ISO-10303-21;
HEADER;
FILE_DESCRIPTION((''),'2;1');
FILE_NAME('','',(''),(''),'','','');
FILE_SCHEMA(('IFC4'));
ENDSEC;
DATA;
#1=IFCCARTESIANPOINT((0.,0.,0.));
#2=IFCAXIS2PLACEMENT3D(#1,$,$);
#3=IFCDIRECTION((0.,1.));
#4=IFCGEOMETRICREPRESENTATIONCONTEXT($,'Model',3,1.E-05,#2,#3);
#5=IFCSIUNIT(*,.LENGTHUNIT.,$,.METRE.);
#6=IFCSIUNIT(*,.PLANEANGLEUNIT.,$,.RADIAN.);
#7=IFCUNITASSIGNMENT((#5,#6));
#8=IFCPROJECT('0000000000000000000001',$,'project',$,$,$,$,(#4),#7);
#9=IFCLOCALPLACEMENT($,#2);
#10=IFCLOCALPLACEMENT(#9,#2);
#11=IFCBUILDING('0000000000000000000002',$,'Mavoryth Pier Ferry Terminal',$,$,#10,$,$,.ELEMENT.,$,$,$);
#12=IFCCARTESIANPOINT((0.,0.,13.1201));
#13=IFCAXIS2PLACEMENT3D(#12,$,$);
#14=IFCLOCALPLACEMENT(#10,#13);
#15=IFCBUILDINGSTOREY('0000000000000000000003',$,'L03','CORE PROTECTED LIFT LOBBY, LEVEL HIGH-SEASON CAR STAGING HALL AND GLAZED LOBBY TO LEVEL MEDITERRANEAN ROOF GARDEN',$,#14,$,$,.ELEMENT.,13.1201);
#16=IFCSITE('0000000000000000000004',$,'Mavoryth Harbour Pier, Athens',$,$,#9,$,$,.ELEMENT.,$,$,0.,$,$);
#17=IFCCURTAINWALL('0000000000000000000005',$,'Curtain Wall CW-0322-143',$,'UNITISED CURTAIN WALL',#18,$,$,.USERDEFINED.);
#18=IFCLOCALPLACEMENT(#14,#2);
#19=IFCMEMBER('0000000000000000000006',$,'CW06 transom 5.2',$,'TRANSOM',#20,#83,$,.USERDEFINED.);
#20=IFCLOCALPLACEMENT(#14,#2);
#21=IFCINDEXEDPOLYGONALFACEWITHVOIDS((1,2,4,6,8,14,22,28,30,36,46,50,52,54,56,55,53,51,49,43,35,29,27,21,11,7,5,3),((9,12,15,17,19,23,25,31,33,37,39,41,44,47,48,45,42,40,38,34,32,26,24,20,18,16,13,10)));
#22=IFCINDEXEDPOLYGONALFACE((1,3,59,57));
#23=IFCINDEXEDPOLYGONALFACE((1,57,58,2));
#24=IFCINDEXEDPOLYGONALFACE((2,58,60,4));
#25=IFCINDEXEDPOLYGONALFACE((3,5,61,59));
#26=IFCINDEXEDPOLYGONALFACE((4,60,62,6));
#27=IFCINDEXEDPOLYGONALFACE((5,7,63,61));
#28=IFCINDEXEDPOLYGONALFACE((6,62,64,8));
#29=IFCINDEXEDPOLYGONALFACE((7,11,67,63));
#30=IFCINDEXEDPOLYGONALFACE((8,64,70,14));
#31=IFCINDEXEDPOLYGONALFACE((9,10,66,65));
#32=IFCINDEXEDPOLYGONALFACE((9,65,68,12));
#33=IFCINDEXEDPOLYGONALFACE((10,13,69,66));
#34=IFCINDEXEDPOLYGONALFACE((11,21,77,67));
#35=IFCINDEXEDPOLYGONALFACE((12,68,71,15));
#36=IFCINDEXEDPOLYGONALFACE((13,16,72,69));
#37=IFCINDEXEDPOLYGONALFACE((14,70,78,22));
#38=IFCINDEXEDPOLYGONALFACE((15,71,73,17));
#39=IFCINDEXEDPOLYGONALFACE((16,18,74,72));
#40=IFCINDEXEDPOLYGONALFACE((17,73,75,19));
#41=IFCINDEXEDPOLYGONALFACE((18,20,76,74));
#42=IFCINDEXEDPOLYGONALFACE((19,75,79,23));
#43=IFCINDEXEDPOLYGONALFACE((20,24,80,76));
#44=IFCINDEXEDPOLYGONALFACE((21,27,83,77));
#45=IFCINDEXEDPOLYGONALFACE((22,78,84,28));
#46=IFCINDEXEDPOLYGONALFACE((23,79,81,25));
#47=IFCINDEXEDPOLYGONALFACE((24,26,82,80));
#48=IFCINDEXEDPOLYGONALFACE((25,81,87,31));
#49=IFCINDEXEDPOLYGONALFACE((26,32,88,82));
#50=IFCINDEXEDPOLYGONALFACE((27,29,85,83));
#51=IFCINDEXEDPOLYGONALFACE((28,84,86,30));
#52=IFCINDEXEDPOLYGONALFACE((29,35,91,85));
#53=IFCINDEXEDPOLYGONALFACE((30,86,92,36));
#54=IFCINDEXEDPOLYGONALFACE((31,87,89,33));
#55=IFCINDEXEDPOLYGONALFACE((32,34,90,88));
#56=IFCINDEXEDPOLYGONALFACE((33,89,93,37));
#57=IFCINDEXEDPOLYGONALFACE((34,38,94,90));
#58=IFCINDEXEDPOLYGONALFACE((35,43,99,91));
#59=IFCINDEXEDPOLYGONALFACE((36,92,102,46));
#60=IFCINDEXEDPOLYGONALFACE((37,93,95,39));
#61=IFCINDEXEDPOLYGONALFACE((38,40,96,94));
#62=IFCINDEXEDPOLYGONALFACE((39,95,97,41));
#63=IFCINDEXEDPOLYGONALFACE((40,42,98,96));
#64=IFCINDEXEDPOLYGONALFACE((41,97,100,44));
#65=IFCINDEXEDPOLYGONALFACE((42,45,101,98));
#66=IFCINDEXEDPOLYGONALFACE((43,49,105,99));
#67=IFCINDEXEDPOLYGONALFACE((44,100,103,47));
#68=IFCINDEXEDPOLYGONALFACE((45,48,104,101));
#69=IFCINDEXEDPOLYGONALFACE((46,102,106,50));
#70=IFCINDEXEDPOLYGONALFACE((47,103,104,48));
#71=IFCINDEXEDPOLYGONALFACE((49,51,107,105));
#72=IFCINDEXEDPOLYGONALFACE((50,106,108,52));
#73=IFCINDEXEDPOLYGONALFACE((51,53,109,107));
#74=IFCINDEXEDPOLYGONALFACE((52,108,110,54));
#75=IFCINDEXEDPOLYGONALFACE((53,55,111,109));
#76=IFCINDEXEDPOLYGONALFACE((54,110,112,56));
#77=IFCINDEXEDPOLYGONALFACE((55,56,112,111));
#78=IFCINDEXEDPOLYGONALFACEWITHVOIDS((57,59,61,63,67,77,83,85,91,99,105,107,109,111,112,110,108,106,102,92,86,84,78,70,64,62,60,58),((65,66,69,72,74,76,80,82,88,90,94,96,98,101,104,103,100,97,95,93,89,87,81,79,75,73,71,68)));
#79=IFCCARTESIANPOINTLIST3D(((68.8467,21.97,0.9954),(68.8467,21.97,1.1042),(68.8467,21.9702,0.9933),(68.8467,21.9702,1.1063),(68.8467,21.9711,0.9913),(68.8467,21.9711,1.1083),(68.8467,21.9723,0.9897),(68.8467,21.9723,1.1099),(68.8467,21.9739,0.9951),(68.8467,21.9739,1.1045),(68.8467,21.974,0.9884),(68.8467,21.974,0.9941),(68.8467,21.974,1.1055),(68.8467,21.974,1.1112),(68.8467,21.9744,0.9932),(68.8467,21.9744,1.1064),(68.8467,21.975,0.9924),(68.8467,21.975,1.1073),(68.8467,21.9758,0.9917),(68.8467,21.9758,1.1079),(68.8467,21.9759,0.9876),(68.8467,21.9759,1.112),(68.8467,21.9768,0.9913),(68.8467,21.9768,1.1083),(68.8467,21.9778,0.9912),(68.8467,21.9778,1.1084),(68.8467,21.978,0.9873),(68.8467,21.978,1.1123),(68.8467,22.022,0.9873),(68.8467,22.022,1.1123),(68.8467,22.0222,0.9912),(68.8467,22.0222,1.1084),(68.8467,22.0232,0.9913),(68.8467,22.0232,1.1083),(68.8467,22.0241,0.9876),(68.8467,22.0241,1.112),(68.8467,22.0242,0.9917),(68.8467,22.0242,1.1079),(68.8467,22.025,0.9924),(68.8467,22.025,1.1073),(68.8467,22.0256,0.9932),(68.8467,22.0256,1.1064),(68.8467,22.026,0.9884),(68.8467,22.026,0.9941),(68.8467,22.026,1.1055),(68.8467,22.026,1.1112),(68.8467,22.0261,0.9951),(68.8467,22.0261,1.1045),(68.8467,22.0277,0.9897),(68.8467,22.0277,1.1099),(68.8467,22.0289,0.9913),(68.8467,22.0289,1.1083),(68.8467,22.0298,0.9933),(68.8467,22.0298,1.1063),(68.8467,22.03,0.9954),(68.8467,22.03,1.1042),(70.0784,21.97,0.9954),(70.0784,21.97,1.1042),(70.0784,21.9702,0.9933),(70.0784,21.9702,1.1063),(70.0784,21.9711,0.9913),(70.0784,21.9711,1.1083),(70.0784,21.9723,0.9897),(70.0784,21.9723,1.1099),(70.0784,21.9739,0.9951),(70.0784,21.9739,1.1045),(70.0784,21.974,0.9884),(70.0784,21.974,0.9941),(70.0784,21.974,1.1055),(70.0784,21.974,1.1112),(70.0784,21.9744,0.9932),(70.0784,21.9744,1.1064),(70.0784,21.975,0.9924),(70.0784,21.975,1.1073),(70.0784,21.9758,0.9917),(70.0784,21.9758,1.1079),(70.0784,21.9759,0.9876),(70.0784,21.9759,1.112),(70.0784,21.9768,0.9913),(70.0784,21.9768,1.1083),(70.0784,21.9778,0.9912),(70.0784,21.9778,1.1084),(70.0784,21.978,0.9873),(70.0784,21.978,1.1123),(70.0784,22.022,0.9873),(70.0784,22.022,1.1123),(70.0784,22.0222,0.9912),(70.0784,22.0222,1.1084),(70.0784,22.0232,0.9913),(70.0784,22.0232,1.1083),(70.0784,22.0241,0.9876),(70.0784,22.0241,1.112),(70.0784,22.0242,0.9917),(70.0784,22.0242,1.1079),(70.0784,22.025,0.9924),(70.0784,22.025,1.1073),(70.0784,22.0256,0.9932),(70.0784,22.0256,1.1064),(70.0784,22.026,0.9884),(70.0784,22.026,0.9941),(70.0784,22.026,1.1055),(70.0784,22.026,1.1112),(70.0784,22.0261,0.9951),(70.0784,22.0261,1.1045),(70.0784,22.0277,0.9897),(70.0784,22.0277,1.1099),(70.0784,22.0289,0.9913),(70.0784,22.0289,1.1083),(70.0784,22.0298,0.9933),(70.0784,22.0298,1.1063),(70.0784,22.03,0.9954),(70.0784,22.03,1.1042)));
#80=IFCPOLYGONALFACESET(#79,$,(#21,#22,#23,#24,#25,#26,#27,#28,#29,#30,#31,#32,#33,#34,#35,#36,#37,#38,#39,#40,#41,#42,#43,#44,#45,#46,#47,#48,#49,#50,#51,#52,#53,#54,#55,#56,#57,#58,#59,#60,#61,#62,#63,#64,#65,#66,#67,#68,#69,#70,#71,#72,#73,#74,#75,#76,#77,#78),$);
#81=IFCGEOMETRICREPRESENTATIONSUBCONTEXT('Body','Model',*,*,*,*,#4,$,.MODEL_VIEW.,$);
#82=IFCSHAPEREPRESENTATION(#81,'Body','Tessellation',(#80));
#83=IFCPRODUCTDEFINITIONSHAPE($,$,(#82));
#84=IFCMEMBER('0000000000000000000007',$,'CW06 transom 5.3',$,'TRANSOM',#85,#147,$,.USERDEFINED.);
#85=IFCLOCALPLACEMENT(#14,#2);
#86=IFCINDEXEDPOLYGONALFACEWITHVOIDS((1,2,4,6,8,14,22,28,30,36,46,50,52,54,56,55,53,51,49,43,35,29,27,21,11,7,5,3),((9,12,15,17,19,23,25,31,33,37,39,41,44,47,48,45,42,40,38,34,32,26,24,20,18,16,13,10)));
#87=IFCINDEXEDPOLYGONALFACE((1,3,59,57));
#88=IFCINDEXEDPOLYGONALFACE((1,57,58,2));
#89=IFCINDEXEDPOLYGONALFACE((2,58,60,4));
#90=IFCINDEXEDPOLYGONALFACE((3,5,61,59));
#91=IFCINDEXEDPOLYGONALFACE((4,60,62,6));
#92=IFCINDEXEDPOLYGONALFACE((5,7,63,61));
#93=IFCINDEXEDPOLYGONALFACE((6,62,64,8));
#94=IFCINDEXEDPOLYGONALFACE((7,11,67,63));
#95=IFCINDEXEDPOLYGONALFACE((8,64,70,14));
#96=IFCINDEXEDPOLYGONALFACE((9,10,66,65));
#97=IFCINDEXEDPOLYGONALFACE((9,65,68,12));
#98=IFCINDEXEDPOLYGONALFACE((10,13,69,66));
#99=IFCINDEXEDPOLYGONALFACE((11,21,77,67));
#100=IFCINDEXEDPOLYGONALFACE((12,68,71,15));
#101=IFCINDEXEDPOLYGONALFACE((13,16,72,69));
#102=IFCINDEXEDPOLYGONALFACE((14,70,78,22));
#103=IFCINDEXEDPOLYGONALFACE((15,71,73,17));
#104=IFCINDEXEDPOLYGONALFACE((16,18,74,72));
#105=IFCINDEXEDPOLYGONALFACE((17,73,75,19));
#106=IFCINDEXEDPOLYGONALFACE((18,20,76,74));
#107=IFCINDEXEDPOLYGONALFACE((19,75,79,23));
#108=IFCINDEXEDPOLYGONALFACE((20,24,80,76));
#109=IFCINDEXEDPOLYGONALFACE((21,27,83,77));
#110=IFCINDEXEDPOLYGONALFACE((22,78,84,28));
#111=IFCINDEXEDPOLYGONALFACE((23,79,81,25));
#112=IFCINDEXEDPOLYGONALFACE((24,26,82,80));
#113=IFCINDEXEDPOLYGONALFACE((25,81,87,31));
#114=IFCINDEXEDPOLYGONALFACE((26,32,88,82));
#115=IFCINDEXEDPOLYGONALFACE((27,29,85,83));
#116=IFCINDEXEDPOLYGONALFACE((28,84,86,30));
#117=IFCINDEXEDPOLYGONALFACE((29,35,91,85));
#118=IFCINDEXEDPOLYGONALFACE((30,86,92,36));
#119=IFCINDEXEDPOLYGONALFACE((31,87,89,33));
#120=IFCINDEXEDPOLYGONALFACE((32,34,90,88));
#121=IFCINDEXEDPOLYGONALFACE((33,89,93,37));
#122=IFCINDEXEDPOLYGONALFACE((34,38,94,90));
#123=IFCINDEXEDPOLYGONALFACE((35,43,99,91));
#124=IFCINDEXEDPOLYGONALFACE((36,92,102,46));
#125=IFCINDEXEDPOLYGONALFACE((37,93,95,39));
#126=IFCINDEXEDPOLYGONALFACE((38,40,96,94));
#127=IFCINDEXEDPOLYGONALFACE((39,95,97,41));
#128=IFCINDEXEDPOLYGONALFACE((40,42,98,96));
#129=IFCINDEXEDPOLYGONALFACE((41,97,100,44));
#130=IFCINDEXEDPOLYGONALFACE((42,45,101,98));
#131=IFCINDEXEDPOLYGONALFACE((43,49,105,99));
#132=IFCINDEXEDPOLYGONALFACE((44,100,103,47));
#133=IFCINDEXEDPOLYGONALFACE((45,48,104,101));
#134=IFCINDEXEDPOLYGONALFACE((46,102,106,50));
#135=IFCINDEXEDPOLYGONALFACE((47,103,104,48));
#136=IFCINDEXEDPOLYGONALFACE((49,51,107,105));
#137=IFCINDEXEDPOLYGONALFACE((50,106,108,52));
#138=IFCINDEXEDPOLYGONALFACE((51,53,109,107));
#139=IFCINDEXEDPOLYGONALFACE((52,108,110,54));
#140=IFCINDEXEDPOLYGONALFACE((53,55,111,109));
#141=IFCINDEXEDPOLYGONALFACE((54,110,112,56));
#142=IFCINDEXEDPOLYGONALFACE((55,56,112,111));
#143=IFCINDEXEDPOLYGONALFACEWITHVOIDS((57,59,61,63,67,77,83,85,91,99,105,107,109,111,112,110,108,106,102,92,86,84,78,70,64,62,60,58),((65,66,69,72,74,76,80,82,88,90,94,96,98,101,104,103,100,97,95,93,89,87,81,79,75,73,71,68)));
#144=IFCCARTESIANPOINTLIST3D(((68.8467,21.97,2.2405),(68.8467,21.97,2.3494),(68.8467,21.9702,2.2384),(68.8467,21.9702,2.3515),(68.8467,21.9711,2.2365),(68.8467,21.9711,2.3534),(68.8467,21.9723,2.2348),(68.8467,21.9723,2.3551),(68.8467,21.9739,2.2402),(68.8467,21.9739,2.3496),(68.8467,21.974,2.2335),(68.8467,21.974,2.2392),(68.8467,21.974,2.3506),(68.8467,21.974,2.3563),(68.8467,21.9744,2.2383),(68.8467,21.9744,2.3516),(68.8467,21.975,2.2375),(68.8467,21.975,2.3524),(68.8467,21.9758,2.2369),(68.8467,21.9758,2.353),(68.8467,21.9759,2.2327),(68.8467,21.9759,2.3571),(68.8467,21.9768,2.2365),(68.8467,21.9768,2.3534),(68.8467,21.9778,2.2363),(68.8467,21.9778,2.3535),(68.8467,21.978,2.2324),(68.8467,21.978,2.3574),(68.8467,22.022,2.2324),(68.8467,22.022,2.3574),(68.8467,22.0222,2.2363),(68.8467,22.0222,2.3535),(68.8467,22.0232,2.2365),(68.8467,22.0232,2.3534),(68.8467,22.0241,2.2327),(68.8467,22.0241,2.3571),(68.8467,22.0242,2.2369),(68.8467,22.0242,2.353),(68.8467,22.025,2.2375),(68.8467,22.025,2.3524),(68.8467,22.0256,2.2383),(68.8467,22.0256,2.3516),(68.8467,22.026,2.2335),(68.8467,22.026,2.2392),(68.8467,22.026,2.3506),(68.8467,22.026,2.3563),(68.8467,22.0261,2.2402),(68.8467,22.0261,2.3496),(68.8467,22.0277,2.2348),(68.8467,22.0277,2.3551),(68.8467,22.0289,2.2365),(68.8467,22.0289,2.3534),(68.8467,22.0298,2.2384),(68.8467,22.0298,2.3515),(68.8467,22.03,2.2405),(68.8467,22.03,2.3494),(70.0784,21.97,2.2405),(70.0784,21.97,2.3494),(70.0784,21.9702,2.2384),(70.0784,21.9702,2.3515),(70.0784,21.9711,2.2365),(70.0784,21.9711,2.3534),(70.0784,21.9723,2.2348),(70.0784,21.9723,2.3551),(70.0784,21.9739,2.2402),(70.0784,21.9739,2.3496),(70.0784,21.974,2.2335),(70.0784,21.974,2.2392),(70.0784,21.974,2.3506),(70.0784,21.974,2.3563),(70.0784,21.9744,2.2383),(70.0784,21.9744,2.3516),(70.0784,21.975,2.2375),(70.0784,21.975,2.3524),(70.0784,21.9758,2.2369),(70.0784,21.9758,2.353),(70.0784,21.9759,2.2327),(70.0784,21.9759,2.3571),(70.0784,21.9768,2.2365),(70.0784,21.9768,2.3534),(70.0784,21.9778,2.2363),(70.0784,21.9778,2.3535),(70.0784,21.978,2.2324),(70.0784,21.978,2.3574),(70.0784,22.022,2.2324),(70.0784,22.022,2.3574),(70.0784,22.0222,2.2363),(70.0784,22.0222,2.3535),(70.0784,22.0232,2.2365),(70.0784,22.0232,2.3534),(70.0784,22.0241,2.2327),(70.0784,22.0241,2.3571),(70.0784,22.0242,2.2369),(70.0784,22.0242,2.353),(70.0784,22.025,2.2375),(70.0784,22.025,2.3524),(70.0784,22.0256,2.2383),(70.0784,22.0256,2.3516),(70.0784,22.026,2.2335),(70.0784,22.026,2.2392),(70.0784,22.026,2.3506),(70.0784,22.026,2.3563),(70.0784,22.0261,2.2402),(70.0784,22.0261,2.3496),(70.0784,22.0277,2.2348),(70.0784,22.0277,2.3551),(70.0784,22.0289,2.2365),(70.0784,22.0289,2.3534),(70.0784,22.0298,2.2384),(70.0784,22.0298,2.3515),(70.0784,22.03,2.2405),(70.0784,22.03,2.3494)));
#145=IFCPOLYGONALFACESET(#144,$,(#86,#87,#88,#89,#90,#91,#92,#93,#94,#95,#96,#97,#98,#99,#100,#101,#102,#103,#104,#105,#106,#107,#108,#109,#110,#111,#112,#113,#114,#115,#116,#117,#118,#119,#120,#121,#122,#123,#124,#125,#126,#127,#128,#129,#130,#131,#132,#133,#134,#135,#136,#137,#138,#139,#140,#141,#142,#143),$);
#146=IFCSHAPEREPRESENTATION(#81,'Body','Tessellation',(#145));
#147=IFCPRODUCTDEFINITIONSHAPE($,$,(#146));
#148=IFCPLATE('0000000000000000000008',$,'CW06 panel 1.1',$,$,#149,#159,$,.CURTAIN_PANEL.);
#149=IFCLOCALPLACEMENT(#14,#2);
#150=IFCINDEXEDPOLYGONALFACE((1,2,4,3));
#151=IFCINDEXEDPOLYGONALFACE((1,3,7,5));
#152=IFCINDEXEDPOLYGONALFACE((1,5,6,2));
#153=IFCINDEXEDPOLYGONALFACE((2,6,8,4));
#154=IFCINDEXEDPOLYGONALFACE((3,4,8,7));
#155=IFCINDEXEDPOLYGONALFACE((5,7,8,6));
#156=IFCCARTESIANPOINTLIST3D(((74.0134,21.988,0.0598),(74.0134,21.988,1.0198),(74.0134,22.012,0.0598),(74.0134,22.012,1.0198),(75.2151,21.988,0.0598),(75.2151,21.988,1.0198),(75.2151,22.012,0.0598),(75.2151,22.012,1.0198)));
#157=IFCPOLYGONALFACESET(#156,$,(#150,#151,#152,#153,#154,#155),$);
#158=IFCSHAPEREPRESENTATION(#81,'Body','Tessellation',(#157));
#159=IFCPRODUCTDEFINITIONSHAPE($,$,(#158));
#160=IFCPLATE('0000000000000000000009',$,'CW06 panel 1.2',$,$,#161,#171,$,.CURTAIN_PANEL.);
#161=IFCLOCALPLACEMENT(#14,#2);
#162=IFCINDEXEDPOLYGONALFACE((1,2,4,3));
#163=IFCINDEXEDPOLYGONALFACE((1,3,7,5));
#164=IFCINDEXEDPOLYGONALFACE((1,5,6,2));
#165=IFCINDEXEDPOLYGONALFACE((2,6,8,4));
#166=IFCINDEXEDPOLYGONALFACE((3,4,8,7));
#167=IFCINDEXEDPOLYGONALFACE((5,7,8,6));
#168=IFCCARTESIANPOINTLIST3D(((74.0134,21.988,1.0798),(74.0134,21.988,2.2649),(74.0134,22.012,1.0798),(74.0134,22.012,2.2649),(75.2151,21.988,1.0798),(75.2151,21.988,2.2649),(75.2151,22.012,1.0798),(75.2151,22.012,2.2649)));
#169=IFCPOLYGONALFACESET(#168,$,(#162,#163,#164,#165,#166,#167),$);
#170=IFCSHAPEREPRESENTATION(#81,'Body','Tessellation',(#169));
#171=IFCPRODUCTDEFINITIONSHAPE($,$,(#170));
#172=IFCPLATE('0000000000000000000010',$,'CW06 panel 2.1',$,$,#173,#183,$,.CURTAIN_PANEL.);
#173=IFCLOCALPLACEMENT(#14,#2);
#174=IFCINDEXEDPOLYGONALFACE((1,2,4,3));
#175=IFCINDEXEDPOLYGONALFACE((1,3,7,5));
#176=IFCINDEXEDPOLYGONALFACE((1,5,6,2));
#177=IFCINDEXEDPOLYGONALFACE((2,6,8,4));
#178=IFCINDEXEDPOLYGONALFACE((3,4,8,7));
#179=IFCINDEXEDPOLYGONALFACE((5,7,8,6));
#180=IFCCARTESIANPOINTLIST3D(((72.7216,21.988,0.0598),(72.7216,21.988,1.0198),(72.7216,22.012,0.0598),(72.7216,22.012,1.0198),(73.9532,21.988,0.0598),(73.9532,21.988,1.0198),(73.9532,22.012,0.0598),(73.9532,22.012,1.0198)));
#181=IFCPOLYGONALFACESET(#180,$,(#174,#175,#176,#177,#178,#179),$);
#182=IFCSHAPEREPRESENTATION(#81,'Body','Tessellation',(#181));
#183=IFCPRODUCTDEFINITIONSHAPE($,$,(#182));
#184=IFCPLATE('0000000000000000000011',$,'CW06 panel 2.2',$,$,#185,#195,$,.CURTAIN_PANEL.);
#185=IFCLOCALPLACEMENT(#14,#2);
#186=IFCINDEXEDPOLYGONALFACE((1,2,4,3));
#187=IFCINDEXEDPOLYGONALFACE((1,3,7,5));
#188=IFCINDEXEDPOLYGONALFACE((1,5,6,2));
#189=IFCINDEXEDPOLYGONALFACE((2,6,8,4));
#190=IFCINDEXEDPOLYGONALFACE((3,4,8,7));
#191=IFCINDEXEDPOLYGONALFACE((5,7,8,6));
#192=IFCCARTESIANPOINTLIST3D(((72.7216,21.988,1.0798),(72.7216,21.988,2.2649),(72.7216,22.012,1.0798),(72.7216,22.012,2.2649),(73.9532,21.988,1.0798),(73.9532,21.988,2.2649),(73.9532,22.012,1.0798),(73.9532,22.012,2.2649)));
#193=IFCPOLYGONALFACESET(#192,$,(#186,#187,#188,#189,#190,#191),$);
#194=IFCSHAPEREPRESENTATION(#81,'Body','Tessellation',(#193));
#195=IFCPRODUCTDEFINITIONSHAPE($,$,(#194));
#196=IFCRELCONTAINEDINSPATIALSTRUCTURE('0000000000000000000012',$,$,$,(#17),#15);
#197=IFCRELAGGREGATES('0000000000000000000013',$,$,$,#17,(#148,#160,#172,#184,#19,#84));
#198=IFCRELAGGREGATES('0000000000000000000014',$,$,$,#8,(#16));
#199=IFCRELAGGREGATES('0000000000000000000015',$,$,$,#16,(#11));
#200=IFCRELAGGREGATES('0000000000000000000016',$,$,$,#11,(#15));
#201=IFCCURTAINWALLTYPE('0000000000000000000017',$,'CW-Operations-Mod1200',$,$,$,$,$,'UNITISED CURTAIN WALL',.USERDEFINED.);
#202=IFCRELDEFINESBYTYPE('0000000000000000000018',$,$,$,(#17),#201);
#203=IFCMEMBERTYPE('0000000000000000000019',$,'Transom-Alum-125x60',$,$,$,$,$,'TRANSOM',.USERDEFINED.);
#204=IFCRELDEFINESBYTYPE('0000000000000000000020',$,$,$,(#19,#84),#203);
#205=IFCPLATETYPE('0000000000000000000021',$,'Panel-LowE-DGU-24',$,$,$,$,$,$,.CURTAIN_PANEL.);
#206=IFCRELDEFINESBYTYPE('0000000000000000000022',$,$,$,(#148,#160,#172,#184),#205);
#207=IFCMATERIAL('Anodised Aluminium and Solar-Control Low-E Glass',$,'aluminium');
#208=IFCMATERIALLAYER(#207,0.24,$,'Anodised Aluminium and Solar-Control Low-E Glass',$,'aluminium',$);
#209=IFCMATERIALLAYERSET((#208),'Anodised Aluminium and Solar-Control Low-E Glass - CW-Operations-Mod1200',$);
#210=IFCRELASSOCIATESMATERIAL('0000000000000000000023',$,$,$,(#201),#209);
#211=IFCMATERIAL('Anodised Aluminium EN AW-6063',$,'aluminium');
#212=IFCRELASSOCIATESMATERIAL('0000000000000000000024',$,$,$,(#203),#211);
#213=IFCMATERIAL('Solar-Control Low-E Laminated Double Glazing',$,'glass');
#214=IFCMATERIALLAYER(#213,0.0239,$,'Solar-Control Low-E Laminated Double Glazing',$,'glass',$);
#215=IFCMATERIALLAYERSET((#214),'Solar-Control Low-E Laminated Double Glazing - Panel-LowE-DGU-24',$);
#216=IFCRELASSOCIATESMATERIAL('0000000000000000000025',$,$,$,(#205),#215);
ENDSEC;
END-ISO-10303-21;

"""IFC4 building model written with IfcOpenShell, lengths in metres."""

from ifc_helpers import new_model, si_unit, direction, frame, origin, origin_2d, place, context, subcontext, project, spatial, rectangle, hollow_rectangle, extrude, material, layer, layer_set, material_profile, profile_set, type_object, element, aggregate, save


model = new_model("IFC4")

# Units and contexts
model_context = context("Model", 3, precision=1e-05, world=origin(), true_north=direction((0.0, 1.0)))
body_context = subcontext(model_context, "Body", "Model", "MODEL_VIEW")
ifc_project = project(units=[si_unit("LENGTHUNIT", "METRE"), si_unit("PLANEANGLEUNIT", "RADIAN")], contexts=[model_context])

# Site, building, storey
site_placement = place(None, origin())
site = spatial("IfcSite", under=ifc_project, at=site_placement, Name="Mavoryth Harbour Pier, Athens", CompositionType="ELEMENT", RefElevation=0.0)
building_placement = place(site_placement, origin())
building = spatial("IfcBuilding", under=site, at=building_placement, Name="Mavoryth Pier Ferry Terminal", CompositionType="ELEMENT")
storey_placement = place(building_placement, frame((0.0, 0.0, 13.1201)))
storey = spatial("IfcBuildingStorey", under=building, at=storey_placement, Name="L03", Description="CORE PROTECTED LIFT LOBBY, LEVEL HIGH-SEASON CAR STAGING HALL AND GLAZED LOBBY TO LEVEL MEDITERRANEAN ROOF GARDEN", CompositionType="ELEMENT", Elevation=13.1201)

# Curtain wall, members, plates
ifc_material_1 = material(Name="Anodised Aluminium and Solar-Control Low-E Glass", Category="aluminium")
ifc_layer_1 = layer(ifc_material_1, 0.24, Name="Anodised Aluminium and Solar-Control Low-E Glass", Category="aluminium")
ifc_layer_set_1 = layer_set([ifc_layer_1], Name="Anodised Aluminium and Solar-Control Low-E Glass - CW-Operations-Mod1200")
curtain_wall_type = type_object("IfcCurtainWallType", Name="CW-Operations-Mod1200", ElementType="UNITISED CURTAIN WALL", PredefinedType="USERDEFINED", material=ifc_layer_set_1)
curtain_wall_placement = place(storey_placement, origin())
curtain_wall = element("IfcCurtainWall", 1, at=curtain_wall_placement, inside=storey, type_object=curtain_wall_type, Name="Curtain Wall CW-0322-143", ObjectType="UNITISED CURTAIN WALL", PredefinedType="USERDEFINED")
ifc_material_2 = material(Name="Anodised Aluminium EN AW-6063", Category="aluminium")
ifc_material_profile_1 = material_profile(ifc_material_2, hollow_rectangle(XDim=0.0601, YDim=0.125, WallThickness=0.0039, InnerFilletRadius=0.0039, OuterFilletRadius=0.0081, at=origin_2d()), Name="AL-TRAN 125x60x4", Category="aluminium")
ifc_profile_set_1 = profile_set([ifc_material_profile_1], Name="Anodised Aluminium EN AW-6063 - AL-TRAN 125x60x4")
member_type_1 = type_object("IfcMemberType", Name="Transom-Alum-125x60", ElementType="TRANSOM", PredefinedType="USERDEFINED", material=ifc_profile_set_1)
member_1_placement = place(storey_placement, frame((70.0784, 22.0, 1.0498), z_axis=(-1.0, 0.0, 0.0), x_axis=(0.0, -1.0, 0.0)))
member_1 = element("IfcMember", 2, at=member_1_placement, type_object=member_type_1, Name="CW06 transom 5.2", ObjectType="TRANSOM", PredefinedType="USERDEFINED", context=body_context, shape_type="SweptSolid", body=[
    extrude(hollow_rectangle(XDim=0.0601, YDim=0.125, WallThickness=0.0039, InnerFilletRadius=0.0039, OuterFilletRadius=0.0081, at=origin_2d()), origin(), (0.0, 0.0, 1.0), 1.2317),
])
member_2_placement = place(storey_placement, frame((70.0784, 22.0, 2.2949), z_axis=(-1.0, 0.0, 0.0), x_axis=(0.0, -1.0, 0.0)))
member_2 = element("IfcMember", 3, at=member_2_placement, type_object=member_type_1, Name="CW06 transom 5.3", ObjectType="TRANSOM", PredefinedType="USERDEFINED", context=body_context, shape_type="SweptSolid", body=[
    extrude(hollow_rectangle(XDim=0.0601, YDim=0.125, WallThickness=0.0039, InnerFilletRadius=0.0039, OuterFilletRadius=0.0081, at=origin_2d()), origin(), (0.0, 0.0, 1.0), 1.2317),
])
ifc_material_3 = material(Name="Solar-Control Low-E Laminated Double Glazing", Category="glass")
ifc_layer_2 = layer(ifc_material_3, 0.0239, Name="Solar-Control Low-E Laminated Double Glazing", Category="glass")
ifc_layer_set_2 = layer_set([ifc_layer_2], Name="Solar-Control Low-E Laminated Double Glazing - Panel-LowE-DGU-24")
plate_type = type_object("IfcPlateType", Name="Panel-LowE-DGU-24", PredefinedType="CURTAIN_PANEL", material=ifc_layer_set_2)
plate_1_placement = place(storey_placement, frame((74.6143, 22.0, 0.0598), z_axis=(0.0, 0.0, 1.0), x_axis=(-1.0, 0.0, 0.0)))
plate_1 = element("IfcPlate", 4, at=plate_1_placement, type_object=plate_type, Name="CW06 panel 1.1", PredefinedType="CURTAIN_PANEL", context=body_context, shape_type="SweptSolid", body=[
    extrude(rectangle(XDim=1.2017, YDim=0.0239, at=origin_2d()), origin(), (0.0, 0.0, 1.0), 0.96),
])
plate_2_placement = place(storey_placement, frame((74.6143, 22.0, 1.0798), z_axis=(0.0, 0.0, 1.0), x_axis=(-1.0, 0.0, 0.0)))
plate_2 = element("IfcPlate", 5, at=plate_2_placement, type_object=plate_type, Name="CW06 panel 1.2", PredefinedType="CURTAIN_PANEL", context=body_context, shape_type="SweptSolid", body=[
    extrude(rectangle(XDim=1.2017, YDim=0.0239, at=origin_2d()), origin(), (0.0, 0.0, 1.0), 1.1851),
])
plate_3_placement = place(storey_placement, frame((73.3374, 22.0, 0.0598), z_axis=(0.0, 0.0, 1.0), x_axis=(-1.0, 0.0, 0.0)))
plate_3 = element("IfcPlate", 6, at=plate_3_placement, type_object=plate_type, Name="CW06 panel 2.1", PredefinedType="CURTAIN_PANEL", context=body_context, shape_type="SweptSolid", body=[
    extrude(rectangle(XDim=1.2317, YDim=0.0239, at=origin_2d()), origin(), (0.0, 0.0, 1.0), 0.96),
])
plate_4_placement = place(storey_placement, frame((73.3374, 22.0, 1.0798), z_axis=(0.0, 0.0, 1.0), x_axis=(-1.0, 0.0, 0.0)))
plate_4 = element("IfcPlate", 7, at=plate_4_placement, type_object=plate_type, Name="CW06 panel 2.2", PredefinedType="CURTAIN_PANEL", context=body_context, shape_type="SweptSolid", body=[
    extrude(rectangle(XDim=1.2317, YDim=0.0239, at=origin_2d()), origin(), (0.0, 0.0, 1.0), 1.1851),
])
aggregate(curtain_wall, [plate_1, plate_2, plate_3, plate_4, member_1, member_2])

save(model, "model.ifc")
